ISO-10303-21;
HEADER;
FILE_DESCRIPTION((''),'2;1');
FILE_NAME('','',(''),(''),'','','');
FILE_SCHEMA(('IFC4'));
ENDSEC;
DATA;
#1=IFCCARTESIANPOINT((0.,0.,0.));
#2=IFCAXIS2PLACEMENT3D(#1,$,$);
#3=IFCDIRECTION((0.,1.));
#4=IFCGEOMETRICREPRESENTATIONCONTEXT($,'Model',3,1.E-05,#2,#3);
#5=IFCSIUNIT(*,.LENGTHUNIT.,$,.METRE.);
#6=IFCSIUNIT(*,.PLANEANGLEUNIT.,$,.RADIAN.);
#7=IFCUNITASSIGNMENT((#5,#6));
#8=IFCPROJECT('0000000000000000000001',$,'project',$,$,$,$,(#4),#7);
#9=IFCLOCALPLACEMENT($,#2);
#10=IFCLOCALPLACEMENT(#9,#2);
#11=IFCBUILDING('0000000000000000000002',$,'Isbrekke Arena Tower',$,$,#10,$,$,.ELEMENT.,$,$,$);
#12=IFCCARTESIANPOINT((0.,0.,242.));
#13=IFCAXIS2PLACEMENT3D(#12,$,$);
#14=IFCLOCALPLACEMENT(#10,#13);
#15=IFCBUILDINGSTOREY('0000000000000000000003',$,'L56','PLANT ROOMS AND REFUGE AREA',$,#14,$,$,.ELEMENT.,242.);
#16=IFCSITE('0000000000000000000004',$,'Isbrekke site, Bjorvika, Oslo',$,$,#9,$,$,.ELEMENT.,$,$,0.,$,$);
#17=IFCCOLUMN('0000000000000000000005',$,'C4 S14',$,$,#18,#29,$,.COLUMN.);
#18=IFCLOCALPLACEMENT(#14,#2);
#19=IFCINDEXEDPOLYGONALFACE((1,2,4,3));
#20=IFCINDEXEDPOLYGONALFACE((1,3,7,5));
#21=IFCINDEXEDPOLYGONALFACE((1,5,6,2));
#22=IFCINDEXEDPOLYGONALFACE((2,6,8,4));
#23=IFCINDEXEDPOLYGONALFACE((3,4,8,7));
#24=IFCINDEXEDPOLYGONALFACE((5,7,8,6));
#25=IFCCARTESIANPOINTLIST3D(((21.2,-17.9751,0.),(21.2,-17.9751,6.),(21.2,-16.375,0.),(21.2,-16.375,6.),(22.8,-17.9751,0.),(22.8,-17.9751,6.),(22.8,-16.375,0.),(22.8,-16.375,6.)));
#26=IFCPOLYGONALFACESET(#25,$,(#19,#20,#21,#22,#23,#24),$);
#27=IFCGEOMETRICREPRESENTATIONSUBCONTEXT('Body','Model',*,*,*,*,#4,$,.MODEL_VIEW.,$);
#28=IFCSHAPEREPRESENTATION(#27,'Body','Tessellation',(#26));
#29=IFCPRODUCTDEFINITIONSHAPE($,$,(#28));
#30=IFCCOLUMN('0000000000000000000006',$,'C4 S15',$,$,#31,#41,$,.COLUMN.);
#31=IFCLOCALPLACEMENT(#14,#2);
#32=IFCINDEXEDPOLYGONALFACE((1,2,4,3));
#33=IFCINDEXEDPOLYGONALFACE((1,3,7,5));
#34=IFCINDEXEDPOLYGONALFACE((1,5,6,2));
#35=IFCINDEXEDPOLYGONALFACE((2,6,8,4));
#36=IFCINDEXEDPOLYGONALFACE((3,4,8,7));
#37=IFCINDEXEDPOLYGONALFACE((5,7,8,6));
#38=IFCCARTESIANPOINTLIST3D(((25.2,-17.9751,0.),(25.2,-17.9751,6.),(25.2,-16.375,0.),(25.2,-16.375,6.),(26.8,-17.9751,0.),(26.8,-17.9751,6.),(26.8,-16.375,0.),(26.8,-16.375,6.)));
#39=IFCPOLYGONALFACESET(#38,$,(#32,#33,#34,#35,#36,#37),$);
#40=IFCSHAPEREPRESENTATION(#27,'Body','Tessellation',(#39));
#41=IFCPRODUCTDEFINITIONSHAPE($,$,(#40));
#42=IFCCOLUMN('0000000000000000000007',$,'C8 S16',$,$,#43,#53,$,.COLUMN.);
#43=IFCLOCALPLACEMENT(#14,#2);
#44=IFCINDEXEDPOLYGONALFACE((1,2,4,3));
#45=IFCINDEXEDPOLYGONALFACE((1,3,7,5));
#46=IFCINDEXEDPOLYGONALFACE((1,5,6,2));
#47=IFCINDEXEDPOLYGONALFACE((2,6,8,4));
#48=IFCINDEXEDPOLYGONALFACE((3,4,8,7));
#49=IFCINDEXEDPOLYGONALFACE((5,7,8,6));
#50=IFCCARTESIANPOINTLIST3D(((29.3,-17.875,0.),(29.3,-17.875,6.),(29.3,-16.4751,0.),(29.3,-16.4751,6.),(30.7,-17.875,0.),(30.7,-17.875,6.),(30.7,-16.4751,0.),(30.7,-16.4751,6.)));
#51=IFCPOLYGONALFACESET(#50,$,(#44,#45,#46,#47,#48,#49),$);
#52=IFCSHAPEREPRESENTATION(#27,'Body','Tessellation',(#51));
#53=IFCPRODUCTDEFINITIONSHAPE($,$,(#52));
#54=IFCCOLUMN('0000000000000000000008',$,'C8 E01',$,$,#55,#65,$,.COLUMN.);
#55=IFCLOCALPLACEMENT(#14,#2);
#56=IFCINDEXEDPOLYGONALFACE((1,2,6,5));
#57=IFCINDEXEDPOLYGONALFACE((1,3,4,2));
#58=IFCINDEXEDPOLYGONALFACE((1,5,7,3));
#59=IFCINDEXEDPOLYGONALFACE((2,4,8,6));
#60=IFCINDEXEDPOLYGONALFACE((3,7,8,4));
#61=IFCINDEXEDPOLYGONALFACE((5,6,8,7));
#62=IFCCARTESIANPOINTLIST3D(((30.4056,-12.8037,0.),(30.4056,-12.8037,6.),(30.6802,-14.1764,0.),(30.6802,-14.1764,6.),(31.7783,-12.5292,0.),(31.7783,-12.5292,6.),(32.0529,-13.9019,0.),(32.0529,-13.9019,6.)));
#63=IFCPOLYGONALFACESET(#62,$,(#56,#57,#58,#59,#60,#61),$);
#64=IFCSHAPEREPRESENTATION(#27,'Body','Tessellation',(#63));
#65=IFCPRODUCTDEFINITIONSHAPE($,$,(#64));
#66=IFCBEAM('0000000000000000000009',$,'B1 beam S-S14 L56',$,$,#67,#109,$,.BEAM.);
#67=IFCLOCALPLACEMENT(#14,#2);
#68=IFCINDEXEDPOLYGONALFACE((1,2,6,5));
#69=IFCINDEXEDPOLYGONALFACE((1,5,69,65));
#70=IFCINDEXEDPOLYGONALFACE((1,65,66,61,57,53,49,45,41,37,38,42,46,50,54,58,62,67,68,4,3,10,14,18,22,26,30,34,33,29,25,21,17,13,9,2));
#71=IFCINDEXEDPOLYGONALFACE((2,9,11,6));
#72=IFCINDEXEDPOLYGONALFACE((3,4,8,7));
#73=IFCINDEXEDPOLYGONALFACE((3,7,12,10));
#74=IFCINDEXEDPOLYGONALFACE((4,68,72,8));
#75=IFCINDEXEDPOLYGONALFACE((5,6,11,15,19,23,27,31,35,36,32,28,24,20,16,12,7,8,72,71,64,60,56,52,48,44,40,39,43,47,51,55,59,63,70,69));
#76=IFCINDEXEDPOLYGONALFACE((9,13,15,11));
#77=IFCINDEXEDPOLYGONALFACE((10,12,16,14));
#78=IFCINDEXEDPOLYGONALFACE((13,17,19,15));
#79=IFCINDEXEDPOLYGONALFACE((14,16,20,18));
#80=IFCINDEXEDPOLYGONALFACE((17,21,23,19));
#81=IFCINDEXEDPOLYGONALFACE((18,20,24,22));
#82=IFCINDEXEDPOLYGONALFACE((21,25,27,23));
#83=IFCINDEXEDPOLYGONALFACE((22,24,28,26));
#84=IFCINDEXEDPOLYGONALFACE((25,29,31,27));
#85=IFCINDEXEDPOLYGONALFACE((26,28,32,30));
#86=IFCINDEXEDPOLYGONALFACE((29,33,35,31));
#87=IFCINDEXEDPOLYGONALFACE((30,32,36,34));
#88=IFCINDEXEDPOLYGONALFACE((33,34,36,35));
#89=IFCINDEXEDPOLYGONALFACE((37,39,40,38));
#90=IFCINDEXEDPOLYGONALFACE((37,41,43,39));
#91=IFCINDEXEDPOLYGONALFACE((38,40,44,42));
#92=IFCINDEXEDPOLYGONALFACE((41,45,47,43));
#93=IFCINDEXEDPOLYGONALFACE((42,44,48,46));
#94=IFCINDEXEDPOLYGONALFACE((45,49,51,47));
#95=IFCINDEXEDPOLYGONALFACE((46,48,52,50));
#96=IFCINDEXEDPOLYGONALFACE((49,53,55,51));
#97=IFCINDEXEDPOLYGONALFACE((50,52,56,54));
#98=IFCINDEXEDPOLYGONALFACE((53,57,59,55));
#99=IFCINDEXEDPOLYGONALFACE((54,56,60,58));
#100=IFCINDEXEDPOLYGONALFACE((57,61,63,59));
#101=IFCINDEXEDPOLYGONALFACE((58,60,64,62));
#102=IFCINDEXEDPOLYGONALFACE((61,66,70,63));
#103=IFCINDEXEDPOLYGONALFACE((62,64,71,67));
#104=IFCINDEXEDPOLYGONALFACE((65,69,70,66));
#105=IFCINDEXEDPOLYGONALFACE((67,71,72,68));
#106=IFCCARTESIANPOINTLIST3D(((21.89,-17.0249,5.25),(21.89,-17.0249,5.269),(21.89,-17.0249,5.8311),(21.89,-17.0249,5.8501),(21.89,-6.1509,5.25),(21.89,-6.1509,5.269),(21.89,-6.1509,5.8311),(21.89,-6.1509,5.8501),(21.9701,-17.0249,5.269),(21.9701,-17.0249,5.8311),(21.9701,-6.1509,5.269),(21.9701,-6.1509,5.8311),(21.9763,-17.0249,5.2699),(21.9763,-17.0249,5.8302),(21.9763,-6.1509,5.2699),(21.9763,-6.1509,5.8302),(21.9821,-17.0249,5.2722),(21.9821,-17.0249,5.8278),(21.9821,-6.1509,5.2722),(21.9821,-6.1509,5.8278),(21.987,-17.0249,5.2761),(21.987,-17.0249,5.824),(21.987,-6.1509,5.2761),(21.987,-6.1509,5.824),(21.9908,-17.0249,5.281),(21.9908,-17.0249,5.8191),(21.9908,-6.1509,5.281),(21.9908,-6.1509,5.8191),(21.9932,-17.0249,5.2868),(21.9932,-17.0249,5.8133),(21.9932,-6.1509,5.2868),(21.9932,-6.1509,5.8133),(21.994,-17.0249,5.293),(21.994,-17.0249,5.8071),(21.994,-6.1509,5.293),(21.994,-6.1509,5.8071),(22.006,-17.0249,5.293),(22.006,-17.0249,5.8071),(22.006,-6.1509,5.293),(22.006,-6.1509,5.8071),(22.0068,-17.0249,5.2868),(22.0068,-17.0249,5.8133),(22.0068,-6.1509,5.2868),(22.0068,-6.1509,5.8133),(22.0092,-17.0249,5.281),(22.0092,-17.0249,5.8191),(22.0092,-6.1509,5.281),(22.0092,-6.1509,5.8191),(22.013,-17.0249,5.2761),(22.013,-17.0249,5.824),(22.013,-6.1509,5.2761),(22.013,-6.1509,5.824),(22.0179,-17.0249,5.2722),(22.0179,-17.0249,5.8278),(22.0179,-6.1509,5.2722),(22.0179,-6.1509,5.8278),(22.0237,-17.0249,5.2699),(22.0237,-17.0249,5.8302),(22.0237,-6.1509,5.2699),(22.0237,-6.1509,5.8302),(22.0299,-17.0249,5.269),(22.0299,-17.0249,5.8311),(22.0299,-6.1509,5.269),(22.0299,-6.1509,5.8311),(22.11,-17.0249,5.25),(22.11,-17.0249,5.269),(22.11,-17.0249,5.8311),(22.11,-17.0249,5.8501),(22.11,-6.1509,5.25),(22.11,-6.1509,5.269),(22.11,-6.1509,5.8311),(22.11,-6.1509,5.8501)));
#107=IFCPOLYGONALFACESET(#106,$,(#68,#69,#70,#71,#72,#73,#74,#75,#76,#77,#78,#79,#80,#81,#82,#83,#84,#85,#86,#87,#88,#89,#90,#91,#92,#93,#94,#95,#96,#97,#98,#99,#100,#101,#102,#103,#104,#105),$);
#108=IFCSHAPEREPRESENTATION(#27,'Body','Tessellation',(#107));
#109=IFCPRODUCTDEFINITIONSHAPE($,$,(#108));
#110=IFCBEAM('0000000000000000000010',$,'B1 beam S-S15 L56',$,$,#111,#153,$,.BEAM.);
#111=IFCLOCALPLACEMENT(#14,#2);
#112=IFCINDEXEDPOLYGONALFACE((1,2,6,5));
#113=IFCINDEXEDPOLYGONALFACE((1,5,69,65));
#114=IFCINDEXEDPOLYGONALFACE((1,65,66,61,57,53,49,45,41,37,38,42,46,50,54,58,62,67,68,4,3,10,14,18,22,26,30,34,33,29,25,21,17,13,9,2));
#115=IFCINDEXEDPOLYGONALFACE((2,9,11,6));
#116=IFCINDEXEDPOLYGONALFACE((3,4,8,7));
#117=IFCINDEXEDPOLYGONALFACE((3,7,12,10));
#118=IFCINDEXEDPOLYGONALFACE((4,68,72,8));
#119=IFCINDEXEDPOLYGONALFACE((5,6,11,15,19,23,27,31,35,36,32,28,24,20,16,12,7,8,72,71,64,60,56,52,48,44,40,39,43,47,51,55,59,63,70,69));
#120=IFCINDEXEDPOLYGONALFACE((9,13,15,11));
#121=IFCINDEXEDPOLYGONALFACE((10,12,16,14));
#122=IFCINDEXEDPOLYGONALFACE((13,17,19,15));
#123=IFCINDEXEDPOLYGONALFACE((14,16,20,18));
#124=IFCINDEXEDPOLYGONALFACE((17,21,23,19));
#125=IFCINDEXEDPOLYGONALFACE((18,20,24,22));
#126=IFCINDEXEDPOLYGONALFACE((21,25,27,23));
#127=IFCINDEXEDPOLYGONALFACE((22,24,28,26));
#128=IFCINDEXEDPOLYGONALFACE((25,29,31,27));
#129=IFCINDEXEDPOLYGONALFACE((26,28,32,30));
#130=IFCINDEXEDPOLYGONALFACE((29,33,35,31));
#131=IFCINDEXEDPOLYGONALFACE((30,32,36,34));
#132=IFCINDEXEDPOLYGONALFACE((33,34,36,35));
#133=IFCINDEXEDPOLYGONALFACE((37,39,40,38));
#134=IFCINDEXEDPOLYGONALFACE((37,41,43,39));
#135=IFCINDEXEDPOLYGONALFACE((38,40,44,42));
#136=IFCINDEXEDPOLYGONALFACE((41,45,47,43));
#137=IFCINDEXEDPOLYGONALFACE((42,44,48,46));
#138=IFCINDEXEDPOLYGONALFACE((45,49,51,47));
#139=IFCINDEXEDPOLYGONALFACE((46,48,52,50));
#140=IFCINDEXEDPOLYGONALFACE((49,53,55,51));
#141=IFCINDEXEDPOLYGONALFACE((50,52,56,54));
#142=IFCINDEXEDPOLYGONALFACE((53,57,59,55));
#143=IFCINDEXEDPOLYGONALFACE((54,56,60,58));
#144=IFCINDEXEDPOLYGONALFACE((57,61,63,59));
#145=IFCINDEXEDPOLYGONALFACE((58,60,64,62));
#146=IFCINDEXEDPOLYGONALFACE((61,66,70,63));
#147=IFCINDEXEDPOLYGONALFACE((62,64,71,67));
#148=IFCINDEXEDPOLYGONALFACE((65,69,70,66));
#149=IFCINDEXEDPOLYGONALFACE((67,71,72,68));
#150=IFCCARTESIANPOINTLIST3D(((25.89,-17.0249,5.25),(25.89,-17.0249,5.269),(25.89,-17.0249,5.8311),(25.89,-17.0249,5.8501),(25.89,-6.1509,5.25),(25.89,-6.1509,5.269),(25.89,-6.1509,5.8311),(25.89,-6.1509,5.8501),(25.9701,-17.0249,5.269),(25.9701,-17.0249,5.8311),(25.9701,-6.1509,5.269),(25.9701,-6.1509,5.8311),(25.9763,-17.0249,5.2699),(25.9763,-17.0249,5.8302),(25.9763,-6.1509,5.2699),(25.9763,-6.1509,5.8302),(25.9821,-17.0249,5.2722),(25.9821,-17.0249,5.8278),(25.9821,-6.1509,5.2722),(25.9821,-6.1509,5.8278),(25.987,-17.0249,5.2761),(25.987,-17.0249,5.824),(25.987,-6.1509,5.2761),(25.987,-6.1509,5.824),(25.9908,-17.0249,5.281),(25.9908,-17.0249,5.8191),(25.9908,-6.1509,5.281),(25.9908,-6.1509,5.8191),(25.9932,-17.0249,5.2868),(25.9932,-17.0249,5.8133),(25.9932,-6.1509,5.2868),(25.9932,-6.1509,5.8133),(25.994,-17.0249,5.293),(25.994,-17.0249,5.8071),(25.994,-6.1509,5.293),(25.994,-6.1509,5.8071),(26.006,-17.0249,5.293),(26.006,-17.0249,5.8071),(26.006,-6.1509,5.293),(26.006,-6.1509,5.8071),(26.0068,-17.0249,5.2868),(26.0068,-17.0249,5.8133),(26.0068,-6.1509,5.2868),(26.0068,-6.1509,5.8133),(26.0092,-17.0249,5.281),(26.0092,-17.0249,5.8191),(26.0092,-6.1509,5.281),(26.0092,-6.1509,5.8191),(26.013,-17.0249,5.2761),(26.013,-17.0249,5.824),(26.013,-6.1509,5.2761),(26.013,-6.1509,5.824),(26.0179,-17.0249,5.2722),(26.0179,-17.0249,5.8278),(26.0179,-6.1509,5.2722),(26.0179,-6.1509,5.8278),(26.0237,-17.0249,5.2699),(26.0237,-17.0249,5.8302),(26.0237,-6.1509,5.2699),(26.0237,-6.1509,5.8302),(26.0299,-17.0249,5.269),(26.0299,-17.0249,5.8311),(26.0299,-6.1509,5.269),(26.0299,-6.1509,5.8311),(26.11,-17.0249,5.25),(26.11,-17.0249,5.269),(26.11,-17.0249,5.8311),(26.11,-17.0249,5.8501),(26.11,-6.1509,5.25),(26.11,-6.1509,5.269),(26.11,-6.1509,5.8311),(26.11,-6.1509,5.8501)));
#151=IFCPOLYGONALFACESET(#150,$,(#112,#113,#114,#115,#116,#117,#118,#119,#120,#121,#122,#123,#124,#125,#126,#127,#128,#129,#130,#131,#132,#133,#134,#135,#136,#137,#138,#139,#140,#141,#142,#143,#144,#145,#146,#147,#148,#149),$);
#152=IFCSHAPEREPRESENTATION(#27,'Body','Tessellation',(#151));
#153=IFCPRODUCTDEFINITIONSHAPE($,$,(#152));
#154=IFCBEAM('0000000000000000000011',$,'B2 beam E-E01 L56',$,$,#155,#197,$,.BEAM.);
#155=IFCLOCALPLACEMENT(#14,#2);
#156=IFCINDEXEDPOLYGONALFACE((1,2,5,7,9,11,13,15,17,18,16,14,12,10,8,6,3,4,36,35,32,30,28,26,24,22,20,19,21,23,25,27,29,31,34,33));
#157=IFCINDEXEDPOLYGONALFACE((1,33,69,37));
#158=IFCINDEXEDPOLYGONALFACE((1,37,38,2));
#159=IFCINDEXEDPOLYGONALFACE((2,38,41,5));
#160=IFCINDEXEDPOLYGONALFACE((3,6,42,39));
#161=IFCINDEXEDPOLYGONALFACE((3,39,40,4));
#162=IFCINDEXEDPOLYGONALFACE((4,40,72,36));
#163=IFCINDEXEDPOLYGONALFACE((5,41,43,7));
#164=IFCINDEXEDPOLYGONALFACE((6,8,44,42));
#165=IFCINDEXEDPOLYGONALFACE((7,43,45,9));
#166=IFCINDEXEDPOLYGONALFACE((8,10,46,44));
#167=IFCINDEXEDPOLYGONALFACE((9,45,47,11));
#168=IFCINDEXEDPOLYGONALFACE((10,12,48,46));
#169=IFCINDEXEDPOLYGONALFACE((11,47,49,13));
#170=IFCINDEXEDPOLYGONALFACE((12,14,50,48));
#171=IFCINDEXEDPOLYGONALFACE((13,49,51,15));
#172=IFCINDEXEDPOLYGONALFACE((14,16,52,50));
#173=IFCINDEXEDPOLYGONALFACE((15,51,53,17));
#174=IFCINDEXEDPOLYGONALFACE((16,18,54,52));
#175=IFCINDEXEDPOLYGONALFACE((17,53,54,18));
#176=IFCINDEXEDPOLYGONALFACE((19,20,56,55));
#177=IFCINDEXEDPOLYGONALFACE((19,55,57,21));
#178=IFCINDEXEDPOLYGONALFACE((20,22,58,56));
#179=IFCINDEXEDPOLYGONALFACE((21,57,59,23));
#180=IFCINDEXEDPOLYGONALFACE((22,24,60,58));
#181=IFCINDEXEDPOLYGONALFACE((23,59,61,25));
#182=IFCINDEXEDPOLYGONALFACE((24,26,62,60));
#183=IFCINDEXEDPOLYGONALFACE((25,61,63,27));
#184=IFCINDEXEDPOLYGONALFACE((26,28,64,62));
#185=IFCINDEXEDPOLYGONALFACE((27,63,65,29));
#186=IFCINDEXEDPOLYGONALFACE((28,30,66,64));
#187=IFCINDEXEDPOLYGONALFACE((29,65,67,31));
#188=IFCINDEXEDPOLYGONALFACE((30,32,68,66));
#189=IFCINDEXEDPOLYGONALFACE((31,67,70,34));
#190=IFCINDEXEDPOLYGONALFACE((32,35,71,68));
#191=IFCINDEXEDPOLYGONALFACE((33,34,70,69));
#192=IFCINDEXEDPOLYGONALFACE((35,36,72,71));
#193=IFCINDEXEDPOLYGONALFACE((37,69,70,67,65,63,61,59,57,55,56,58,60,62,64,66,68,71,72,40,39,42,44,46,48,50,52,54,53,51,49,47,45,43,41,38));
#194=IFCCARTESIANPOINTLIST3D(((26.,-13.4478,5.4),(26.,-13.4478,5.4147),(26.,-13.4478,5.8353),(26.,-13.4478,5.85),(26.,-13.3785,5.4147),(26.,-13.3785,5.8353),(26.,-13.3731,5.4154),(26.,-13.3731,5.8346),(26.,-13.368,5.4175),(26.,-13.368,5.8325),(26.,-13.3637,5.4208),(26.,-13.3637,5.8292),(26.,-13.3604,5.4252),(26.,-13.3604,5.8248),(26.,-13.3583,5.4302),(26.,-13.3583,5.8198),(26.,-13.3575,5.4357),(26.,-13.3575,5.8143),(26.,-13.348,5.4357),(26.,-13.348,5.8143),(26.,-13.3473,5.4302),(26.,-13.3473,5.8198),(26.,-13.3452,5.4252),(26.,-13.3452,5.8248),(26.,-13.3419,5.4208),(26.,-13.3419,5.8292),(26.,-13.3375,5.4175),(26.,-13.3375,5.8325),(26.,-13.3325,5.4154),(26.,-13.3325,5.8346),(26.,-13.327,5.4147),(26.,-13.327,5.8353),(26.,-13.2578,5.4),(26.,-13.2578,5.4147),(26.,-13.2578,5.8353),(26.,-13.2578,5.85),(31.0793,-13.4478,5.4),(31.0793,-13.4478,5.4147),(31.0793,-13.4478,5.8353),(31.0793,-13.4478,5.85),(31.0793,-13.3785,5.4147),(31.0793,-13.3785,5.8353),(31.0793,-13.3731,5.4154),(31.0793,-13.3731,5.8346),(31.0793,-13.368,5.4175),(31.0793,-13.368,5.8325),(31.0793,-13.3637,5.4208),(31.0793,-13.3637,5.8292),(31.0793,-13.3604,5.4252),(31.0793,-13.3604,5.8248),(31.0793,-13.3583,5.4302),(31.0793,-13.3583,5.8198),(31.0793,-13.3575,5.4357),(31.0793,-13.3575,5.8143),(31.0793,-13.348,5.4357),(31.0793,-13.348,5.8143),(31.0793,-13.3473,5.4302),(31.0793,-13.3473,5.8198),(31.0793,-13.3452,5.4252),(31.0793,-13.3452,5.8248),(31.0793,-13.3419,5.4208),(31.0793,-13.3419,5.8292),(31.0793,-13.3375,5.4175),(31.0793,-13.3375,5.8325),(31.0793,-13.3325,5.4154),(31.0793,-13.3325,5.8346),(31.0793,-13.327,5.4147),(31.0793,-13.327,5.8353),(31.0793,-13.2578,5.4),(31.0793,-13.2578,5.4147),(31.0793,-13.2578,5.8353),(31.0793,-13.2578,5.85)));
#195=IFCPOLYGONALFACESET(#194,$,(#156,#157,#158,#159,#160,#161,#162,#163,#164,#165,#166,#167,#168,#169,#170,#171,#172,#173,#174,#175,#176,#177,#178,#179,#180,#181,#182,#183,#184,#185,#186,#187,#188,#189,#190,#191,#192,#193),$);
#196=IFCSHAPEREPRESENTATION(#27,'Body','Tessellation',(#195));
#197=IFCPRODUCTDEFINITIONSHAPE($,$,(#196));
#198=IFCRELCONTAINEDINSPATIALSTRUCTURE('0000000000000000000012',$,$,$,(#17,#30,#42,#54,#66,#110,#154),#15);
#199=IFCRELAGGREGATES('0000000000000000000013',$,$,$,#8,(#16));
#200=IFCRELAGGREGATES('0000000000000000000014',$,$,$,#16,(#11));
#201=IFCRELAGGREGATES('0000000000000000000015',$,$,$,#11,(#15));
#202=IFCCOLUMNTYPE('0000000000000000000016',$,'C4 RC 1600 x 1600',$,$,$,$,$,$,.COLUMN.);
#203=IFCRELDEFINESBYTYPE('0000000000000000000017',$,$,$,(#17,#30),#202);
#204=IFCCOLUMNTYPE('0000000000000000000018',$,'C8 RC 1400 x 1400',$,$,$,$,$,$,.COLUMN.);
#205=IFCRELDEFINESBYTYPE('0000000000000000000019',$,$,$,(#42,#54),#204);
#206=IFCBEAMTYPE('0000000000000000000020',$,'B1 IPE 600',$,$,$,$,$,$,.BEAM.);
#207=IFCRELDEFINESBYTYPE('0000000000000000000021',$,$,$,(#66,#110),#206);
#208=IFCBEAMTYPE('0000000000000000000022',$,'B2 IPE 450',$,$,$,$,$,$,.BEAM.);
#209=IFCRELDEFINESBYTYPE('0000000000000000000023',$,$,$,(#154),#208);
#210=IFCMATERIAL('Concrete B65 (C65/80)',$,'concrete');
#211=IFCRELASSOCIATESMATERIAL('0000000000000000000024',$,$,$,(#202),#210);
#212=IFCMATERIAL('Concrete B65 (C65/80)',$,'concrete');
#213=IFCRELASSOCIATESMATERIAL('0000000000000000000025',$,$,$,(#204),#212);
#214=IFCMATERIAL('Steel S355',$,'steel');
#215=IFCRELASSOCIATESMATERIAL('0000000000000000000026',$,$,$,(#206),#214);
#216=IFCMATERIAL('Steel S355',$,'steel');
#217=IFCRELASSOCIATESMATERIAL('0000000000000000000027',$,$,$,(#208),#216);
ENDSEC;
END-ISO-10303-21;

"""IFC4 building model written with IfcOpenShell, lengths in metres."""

from ifc_helpers import new_model, si_unit, direction, frame, origin, origin_2d, place, context, subcontext, project, spatial, rectangle, i_section, extrude, material, material_profile, profile_set, type_object, element, save


model = new_model("IFC4")

# Units and contexts
model_context = context("Model", 3, precision=1e-05, world=origin(), true_north=direction((0.0, 1.0)))
body_context = subcontext(model_context, "Body", "Model", "MODEL_VIEW")
ifc_project = project(units=[si_unit("LENGTHUNIT", "METRE"), si_unit("PLANEANGLEUNIT", "RADIAN")], contexts=[model_context])

# Site, building, storey
site_placement = place(None, origin())
site = spatial("IfcSite", under=ifc_project, at=site_placement, Name="Isbrekke site, Bjorvika, Oslo", CompositionType="ELEMENT", RefElevation=0.0)
building_placement = place(site_placement, origin())
building = spatial("IfcBuilding", under=site, at=building_placement, Name="Isbrekke Arena Tower", CompositionType="ELEMENT")
storey_placement = place(building_placement, frame((0.0, 0.0, 242.0)))
storey = spatial("IfcBuildingStorey", under=building, at=storey_placement, Name="L56", Description="PLANT ROOMS AND REFUGE AREA", CompositionType="ELEMENT", Elevation=242.0)

# Columns
ifc_material_1 = material(Name="Concrete B65 (C65/80)", Category="concrete")
ifc_material_profile_1 = material_profile(ifc_material_1, rectangle(XDim=1.6001, YDim=1.6001, at=origin_2d()), Name="RC 1600x1600")
ifc_profile_set_1 = profile_set([ifc_material_profile_1], Name="Concrete B65 (C65/80)")
column_type_1 = type_object("IfcColumnType", Name="C4 RC 1600 x 1600", PredefinedType="COLUMN", material=ifc_profile_set_1)
for number, where, z_axis, x_axis, name in (
    (1, (22.0, -17.175, 0.0), (0.0, 0.0, 1.0), (1.0, 0.0, 0.0), "C4 S14"),
    (2, (26.0, -17.175, 0.0), (0.0, 0.0, 1.0), (1.0, 0.0, 0.0), "C4 S15"),
):
    element("IfcColumn", number, at=place(storey_placement, frame(where, z_axis=z_axis, x_axis=x_axis)), inside=storey, type_object=column_type_1, Name=name, PredefinedType="COLUMN", context=body_context, shape_type="SweptSolid", body=[
        extrude(rectangle(XDim=1.6001, YDim=1.6001, at=origin_2d()), origin(), (0.0, 0.0, 1.0), 6.0),
    ])
ifc_material_2 = material(Name="Concrete B65 (C65/80)", Category="concrete")
ifc_material_profile_2 = material_profile(ifc_material_2, rectangle(XDim=1.3999, YDim=1.3999, at=origin_2d()), Name="RC 1400x1400")
ifc_profile_set_2 = profile_set([ifc_material_profile_2], Name="Concrete B65 (C65/80)")
column_type_2 = type_object("IfcColumnType", Name="C8 RC 1400 x 1400", PredefinedType="COLUMN", material=ifc_profile_set_2)
for number, where, z_axis, x_axis, name in (
    (3, (30.0, -17.175, 0.0), (0.0, 0.0, 1.0), (1.0, 0.0, 0.0), "C8 S16"),
    (4, (31.2292, -13.3528, 0.0), (0.0, 0.0, 1.0), (-0.196116, 0.980581, 0.0), "C8 E01"),
):
    element("IfcColumn", number, at=place(storey_placement, frame(where, z_axis=z_axis, x_axis=x_axis)), inside=storey, type_object=column_type_2, Name=name, PredefinedType="COLUMN", context=body_context, shape_type="SweptSolid", body=[
        extrude(rectangle(XDim=1.3999, YDim=1.3999, at=origin_2d()), origin(), (0.0, 0.0, 1.0), 6.0),
    ])

# Beams
ifc_material_3 = material(Name="Steel S355", Category="steel")
ifc_material_profile_3 = material_profile(ifc_material_3, i_section(OverallWidth=0.22, OverallDepth=0.6001, WebThickness=0.012, FlangeThickness=0.019, FilletRadius=0.0239, at=origin_2d()), Name="IPE 600")
ifc_profile_set_3 = profile_set([ifc_material_profile_3], Name="Steel S355")
beam_type_1 = type_object("IfcBeamType", Name="B1 IPE 600", PredefinedType="BEAM", material=ifc_profile_set_3)
for number, where, z_axis, x_axis, name in (
    (5, (22.0, -17.0249, 5.55), (0.0, 1.0, 0.0), (-1.0, 0.0, 0.0), "B1 beam S-S14 L56"),
    (6, (26.0, -17.0249, 5.55), (0.0, 1.0, 0.0), (-1.0, 0.0, 0.0), "B1 beam S-S15 L56"),
):
    element("IfcBeam", number, at=place(storey_placement, frame(where, z_axis=z_axis, x_axis=x_axis)), inside=storey, type_object=beam_type_1, Name=name, PredefinedType="BEAM", context=body_context, shape_type="SweptSolid", body=[
        extrude(i_section(OverallWidth=0.22, OverallDepth=0.6001, WebThickness=0.012, FlangeThickness=0.019, FilletRadius=0.0239, at=origin_2d()), origin(), (0.0, 0.0, 1.0), 10.874),
    ])
ifc_material_4 = material(Name="Steel S355", Category="steel")
ifc_material_profile_4 = material_profile(ifc_material_4, i_section(OverallWidth=0.1899, OverallDepth=0.45, WebThickness=0.0095, FlangeThickness=0.0146, FilletRadius=0.021, at=origin_2d()), Name="IPE 450")
ifc_profile_set_4 = profile_set([ifc_material_profile_4], Name="Steel S355")
beam_type_2 = type_object("IfcBeamType", Name="B2 IPE 450", PredefinedType="BEAM", material=ifc_profile_set_4)
beam_1_placement = place(storey_placement, frame((31.0793, -13.3528, 5.625), z_axis=(-1.0, 0.0, 0.0), x_axis=(0.0, -1.0, 0.0)))
element("IfcBeam", 7, at=beam_1_placement, inside=storey, type_object=beam_type_2, Name="B2 beam E-E01 L56", PredefinedType="BEAM", context=body_context, shape_type="SweptSolid", body=[
    extrude(i_section(OverallWidth=0.1899, OverallDepth=0.45, WebThickness=0.0095, FlangeThickness=0.0146, FilletRadius=0.021, at=origin_2d()), origin(), (0.0, 0.0, 1.0), 5.0793),
])

save(model, "model.ifc")
